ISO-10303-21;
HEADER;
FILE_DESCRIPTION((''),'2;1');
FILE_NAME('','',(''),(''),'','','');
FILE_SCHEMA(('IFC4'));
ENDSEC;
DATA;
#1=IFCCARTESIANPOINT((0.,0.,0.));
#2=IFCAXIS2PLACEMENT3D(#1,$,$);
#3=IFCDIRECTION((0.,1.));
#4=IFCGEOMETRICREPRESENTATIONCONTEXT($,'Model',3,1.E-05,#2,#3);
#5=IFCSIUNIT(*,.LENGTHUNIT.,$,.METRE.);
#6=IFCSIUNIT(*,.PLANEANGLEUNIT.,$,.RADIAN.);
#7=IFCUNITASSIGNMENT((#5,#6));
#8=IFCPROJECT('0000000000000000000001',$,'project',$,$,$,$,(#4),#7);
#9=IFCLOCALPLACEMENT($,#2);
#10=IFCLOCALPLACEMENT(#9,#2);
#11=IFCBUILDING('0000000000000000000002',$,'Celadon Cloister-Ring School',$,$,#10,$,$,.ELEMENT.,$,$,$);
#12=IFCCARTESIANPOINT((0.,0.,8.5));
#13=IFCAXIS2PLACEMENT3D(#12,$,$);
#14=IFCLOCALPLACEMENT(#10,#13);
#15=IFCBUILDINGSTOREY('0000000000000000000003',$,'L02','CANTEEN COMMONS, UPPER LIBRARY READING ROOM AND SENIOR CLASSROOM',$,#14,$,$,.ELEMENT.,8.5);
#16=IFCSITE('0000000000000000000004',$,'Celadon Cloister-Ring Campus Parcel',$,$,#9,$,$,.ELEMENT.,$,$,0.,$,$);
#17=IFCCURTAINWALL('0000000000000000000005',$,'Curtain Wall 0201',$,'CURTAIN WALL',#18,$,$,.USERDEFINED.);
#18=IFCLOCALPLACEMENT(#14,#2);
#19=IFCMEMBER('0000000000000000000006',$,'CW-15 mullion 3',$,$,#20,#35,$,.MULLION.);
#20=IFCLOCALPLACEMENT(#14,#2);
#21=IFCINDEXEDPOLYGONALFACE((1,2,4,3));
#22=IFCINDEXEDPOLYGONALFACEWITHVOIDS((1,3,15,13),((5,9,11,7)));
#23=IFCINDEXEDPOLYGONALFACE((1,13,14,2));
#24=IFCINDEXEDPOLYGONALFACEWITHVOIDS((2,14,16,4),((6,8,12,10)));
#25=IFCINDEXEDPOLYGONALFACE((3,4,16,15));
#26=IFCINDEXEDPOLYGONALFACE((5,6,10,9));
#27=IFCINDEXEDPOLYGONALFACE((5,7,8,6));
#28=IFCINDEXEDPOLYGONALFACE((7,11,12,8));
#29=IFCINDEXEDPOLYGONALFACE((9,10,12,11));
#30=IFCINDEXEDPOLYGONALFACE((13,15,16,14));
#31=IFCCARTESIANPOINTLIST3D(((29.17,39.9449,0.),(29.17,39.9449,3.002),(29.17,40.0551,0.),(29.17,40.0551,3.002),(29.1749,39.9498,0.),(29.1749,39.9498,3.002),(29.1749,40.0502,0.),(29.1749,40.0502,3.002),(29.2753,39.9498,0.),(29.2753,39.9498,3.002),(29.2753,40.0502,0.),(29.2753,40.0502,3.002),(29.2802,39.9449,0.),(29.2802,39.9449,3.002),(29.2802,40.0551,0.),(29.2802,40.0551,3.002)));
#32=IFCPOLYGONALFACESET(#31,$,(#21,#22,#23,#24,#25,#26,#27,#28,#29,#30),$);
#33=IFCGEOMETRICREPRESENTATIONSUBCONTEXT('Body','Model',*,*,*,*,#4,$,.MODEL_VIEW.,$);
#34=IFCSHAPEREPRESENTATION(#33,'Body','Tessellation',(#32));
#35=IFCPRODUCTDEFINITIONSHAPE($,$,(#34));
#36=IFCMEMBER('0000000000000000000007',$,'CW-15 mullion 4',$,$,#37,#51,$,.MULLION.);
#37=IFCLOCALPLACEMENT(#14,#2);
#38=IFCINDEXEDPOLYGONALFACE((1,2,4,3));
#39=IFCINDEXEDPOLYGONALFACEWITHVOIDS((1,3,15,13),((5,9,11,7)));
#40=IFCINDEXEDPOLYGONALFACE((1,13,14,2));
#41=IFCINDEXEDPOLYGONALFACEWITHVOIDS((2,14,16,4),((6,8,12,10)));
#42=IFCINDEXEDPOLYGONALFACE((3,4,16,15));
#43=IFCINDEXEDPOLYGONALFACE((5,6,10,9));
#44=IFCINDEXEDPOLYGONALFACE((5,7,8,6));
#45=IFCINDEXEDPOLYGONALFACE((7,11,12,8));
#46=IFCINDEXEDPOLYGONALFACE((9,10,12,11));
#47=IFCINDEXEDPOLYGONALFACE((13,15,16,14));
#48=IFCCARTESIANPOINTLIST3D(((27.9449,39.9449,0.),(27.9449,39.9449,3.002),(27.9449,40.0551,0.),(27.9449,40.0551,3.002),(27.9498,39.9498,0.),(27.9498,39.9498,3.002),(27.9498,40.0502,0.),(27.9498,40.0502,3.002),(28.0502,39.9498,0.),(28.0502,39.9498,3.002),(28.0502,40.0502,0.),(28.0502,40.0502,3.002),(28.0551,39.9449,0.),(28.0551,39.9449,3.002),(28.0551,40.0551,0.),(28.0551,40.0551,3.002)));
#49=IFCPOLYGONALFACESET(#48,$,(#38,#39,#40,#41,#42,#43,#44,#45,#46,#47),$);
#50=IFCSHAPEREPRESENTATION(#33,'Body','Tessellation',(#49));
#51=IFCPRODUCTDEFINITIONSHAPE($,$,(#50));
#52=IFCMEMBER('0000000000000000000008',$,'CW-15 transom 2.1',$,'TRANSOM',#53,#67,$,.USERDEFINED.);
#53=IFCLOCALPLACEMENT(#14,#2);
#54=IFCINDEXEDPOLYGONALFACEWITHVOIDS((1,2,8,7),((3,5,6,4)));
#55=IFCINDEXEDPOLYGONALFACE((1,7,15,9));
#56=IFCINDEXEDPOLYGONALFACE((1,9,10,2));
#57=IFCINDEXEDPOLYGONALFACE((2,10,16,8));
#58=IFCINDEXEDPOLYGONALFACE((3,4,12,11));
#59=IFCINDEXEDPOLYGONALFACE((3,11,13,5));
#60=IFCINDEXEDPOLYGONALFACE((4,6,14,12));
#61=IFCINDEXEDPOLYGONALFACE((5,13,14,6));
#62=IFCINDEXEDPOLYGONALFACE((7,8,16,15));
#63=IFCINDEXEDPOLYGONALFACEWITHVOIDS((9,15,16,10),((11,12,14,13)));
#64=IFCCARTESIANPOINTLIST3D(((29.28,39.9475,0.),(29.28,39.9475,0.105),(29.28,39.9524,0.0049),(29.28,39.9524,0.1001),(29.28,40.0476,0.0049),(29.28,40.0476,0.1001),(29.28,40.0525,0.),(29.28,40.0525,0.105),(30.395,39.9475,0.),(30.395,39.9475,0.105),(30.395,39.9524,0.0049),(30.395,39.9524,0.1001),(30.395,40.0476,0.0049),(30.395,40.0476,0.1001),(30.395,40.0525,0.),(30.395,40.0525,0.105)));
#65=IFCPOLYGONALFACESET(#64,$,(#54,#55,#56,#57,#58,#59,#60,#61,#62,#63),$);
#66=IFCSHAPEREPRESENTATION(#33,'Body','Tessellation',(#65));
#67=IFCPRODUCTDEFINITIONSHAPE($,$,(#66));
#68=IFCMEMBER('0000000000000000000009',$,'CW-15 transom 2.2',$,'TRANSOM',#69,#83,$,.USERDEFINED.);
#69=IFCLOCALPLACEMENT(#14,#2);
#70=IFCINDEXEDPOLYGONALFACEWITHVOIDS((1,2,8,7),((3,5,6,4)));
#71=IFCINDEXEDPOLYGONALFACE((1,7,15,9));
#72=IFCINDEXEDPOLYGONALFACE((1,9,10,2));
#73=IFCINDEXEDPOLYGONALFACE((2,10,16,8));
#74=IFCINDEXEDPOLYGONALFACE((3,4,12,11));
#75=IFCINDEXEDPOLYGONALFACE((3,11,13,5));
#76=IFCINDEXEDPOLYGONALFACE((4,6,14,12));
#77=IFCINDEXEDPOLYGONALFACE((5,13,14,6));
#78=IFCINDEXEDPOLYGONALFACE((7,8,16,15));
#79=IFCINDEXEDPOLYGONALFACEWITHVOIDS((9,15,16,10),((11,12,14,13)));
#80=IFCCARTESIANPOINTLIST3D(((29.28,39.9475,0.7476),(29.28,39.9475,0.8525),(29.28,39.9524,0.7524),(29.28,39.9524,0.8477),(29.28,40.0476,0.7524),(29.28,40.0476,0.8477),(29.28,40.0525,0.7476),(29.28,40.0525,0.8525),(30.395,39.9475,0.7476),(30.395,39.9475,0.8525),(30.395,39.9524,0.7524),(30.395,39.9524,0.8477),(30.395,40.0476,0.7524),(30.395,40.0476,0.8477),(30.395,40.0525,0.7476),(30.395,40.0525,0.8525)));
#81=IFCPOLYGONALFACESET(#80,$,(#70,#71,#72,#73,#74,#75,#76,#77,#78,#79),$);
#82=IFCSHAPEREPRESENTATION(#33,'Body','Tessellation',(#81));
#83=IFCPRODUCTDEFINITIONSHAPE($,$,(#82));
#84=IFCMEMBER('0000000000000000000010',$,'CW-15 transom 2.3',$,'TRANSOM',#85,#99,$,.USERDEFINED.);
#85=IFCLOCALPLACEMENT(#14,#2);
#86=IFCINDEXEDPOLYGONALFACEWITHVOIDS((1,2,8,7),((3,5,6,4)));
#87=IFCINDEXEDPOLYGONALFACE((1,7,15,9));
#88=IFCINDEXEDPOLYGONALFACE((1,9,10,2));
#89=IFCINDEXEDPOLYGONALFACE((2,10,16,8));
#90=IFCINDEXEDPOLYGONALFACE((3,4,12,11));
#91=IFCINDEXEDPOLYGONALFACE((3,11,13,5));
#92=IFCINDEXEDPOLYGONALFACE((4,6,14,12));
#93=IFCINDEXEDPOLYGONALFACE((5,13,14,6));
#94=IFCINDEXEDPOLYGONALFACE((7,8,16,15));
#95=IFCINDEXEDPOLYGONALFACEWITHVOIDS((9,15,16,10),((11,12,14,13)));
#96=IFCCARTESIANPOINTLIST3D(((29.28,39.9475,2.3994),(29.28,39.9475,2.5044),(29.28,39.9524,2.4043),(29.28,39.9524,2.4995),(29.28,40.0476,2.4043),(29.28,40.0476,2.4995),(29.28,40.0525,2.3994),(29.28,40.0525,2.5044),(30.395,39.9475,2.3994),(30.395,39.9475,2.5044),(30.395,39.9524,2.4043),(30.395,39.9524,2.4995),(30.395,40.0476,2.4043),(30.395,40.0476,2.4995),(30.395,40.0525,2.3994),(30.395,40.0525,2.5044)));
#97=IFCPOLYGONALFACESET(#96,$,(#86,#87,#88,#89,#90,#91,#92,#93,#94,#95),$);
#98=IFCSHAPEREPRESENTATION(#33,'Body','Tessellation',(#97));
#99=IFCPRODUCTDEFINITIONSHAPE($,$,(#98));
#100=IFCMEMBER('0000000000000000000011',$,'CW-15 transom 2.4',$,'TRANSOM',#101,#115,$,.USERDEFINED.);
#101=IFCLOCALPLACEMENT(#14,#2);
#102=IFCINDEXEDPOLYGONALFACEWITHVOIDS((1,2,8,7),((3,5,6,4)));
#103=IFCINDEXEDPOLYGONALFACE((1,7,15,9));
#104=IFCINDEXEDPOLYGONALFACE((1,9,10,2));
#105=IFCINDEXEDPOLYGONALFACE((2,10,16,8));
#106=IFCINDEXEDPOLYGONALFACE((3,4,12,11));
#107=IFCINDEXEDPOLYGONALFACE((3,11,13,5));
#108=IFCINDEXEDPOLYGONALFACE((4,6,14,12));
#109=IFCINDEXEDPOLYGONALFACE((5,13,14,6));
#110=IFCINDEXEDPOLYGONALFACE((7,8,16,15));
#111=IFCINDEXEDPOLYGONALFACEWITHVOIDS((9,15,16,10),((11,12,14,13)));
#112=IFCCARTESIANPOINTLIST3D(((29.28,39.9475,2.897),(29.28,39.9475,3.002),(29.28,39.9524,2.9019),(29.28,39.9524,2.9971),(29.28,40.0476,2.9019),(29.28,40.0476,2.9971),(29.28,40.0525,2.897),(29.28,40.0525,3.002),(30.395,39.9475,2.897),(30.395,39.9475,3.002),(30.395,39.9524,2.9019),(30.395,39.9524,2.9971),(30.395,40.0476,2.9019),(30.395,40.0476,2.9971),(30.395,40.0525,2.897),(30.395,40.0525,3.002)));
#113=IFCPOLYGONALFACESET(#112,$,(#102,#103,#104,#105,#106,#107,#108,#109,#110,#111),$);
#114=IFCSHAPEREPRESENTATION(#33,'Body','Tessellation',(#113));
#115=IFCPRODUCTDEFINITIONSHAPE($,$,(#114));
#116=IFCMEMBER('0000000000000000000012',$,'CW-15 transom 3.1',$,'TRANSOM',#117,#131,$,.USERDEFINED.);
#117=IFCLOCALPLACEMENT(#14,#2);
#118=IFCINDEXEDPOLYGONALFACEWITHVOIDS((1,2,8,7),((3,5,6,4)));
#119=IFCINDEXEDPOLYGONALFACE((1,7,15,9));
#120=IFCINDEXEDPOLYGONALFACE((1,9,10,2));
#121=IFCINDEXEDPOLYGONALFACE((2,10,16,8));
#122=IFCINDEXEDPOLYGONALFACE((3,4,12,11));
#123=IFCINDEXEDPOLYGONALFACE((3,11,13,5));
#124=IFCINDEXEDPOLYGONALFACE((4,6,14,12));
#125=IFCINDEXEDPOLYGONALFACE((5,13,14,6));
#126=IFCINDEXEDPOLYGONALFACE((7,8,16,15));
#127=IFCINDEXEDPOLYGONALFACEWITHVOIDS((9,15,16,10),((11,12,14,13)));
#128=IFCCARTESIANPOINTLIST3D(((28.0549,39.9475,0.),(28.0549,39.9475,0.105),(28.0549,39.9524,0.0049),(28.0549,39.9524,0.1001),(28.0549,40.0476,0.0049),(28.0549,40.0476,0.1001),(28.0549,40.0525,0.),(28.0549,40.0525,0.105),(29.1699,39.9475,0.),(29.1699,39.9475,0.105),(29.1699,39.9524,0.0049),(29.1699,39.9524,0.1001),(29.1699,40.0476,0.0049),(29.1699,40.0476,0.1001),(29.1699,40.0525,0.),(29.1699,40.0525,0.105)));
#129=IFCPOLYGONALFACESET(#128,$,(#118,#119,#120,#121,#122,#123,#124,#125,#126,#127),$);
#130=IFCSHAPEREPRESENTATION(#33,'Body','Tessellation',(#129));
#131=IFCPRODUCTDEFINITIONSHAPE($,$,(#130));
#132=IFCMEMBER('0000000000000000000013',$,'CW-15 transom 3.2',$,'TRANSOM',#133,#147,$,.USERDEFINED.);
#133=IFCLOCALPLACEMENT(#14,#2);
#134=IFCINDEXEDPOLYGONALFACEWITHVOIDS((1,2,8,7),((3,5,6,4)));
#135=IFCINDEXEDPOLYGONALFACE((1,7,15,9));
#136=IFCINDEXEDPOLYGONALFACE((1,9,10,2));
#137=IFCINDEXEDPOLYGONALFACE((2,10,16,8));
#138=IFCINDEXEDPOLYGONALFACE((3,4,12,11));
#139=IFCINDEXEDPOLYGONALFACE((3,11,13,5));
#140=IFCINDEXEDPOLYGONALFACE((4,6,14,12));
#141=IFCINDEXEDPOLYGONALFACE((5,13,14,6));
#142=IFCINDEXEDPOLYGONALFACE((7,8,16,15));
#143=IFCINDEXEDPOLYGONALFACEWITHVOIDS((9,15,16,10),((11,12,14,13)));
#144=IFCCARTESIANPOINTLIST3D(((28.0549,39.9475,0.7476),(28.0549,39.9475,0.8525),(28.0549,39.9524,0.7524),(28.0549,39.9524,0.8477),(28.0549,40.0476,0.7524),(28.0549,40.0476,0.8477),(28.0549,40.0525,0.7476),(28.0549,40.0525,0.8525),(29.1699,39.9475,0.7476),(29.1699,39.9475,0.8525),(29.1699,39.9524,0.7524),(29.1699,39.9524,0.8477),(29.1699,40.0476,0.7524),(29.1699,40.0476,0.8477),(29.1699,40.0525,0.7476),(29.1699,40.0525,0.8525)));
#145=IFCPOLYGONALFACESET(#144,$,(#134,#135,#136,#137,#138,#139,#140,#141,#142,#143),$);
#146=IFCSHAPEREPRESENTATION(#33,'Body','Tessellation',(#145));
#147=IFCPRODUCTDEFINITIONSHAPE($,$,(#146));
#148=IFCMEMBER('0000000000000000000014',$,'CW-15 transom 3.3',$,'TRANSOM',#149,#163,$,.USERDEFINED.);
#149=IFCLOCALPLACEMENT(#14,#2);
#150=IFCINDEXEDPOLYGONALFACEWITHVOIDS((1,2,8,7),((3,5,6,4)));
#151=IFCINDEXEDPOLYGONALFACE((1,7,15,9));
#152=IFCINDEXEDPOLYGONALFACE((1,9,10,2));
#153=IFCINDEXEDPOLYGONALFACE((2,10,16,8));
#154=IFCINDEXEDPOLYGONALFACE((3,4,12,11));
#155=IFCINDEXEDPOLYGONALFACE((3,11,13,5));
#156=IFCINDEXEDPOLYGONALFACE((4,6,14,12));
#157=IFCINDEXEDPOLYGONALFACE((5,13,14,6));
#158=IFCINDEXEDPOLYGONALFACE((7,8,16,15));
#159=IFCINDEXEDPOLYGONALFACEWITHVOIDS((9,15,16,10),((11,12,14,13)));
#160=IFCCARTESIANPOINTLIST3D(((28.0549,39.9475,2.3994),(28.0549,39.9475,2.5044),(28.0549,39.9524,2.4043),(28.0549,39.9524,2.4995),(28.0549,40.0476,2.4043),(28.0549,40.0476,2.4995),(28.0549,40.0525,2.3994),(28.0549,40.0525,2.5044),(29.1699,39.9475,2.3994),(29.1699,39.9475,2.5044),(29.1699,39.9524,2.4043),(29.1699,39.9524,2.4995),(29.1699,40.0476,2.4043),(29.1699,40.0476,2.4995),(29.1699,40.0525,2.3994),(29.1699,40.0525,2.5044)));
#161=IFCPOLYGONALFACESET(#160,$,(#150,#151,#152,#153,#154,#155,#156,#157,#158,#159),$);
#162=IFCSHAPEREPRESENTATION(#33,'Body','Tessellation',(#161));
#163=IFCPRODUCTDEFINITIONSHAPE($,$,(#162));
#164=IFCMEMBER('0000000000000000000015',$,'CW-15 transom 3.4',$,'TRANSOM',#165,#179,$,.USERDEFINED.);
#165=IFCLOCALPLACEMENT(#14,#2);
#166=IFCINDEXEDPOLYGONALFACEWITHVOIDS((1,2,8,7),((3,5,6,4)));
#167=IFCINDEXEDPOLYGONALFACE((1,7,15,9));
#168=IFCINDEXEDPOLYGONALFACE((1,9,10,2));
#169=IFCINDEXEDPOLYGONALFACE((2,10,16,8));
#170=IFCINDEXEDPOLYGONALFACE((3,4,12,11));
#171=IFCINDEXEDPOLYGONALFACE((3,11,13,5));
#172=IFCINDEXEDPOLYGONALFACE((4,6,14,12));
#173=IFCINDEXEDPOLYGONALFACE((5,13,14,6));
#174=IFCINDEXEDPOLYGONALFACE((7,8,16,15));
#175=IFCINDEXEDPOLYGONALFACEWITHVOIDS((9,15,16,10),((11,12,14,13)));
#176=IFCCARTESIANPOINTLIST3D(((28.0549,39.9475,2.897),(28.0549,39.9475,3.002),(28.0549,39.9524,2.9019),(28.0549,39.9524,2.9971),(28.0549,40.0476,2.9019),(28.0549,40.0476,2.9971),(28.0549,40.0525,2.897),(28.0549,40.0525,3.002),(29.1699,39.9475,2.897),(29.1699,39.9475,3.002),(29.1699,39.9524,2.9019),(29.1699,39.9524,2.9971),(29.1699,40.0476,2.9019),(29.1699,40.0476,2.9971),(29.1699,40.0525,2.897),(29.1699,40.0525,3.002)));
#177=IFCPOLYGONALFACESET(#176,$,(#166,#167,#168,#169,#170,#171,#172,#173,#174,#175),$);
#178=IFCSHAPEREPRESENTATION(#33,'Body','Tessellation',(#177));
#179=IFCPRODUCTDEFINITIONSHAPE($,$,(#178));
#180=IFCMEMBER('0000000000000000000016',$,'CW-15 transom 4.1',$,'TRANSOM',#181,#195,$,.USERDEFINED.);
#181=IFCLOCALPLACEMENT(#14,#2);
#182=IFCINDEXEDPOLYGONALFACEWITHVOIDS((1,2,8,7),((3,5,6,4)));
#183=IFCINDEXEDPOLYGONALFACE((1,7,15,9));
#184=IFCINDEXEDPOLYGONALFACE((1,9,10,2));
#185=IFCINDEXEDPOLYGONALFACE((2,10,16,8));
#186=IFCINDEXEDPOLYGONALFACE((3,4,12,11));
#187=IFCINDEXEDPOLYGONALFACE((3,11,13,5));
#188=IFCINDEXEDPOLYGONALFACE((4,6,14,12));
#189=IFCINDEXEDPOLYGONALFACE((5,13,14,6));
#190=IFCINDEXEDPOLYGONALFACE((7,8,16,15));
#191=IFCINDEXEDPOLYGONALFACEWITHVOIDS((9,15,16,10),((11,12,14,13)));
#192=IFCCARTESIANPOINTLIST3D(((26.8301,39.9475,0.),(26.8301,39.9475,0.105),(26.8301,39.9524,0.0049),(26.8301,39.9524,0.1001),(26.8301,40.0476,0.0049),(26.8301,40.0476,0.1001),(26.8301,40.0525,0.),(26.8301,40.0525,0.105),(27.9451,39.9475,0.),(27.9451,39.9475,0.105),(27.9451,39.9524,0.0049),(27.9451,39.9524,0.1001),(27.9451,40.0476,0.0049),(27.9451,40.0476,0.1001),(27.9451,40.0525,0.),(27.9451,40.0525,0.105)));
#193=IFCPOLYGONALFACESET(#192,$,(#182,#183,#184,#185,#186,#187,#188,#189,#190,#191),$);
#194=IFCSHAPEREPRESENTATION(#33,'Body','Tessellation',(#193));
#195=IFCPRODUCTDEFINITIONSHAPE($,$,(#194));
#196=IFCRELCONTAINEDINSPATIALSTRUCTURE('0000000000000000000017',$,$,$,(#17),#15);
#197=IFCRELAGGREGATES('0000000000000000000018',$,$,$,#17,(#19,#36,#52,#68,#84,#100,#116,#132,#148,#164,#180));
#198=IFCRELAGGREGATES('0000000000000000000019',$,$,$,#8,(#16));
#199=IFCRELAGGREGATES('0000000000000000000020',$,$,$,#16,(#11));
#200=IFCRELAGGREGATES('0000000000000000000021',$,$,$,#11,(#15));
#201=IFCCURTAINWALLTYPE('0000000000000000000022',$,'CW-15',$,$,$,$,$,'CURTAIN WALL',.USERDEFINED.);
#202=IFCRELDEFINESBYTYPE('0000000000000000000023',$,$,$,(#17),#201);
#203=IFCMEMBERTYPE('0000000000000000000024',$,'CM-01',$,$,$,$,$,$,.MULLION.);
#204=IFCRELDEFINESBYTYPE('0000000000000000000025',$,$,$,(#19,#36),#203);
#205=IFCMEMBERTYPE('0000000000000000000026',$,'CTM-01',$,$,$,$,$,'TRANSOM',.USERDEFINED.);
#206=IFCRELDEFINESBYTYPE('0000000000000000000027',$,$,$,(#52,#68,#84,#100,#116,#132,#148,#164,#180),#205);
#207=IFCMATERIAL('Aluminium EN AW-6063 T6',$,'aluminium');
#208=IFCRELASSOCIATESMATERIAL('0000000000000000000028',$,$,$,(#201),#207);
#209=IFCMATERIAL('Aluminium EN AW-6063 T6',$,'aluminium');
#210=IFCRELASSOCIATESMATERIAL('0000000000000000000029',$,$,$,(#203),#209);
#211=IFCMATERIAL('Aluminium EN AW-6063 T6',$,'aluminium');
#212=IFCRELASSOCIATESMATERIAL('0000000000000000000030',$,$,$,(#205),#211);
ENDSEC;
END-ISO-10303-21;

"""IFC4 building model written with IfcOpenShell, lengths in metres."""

from ifc_helpers import new_model, si_unit, direction, frame, origin, origin_2d, place, context, subcontext, project, spatial, hollow_rectangle, extrude, material, material_profile, profile_set, type_object, element, aggregate, save


model = new_model("IFC4")

# Units and contexts
model_context = context("Model", 3, precision=1e-05, world=origin(), true_north=direction((0.0, 1.0)))
body_context = subcontext(model_context, "Body", "Model", "MODEL_VIEW")
ifc_project = project(units=[si_unit("LENGTHUNIT", "METRE"), si_unit("PLANEANGLEUNIT", "RADIAN")], contexts=[model_context])

# Site, building, storey
site_placement = place(None, origin())
site = spatial("IfcSite", under=ifc_project, at=site_placement, Name="Celadon Cloister-Ring Campus Parcel", CompositionType="ELEMENT", RefElevation=0.0)
building_placement = place(site_placement, origin())
building = spatial("IfcBuilding", under=site, at=building_placement, Name="Celadon Cloister-Ring School", CompositionType="ELEMENT")
storey_placement = place(building_placement, frame((0.0, 0.0, 8.5)))
storey = spatial("IfcBuildingStorey", under=building, at=storey_placement, Name="L02", Description="CANTEEN COMMONS, UPPER LIBRARY READING ROOM AND SENIOR CLASSROOM", CompositionType="ELEMENT", Elevation=8.5)

# Curtain wall, members
ifc_material_1 = material(Name="Aluminium EN AW-6063 T6", Category="aluminium")
curtain_wall_type = type_object("IfcCurtainWallType", Name="CW-15", ElementType="CURTAIN WALL", PredefinedType="USERDEFINED", material=ifc_material_1)
curtain_wall_placement = place(storey_placement, origin())
curtain_wall = element("IfcCurtainWall", 1, at=curtain_wall_placement, inside=storey, type_object=curtain_wall_type, Name="Curtain Wall 0201", ObjectType="CURTAIN WALL", PredefinedType="USERDEFINED")
ifc_material_2 = material(Name="Aluminium EN AW-6063 T6", Category="aluminium")
ifc_material_profile_1 = material_profile(ifc_material_2, hollow_rectangle(XDim=0.1101, YDim=0.1101, WallThickness=0.0049, at=origin_2d()), Name="RHS110X110X5")
ifc_profile_set_1 = profile_set([ifc_material_profile_1], Name="Aluminium EN AW-6063 T6")
member_type_1 = type_object("IfcMemberType", Name="CM-01", PredefinedType="MULLION", material=ifc_profile_set_1)
member_1_placement = place(storey_placement, frame((29.2251, 40.0, 0.0), z_axis=(0.0, 0.0, 1.0), x_axis=(0.0, -1.0, 0.0)))
member_1 = element("IfcMember", 2, at=member_1_placement, type_object=member_type_1, Name="CW-15 mullion 3", PredefinedType="MULLION", context=body_context, shape_type="SweptSolid", body=[
    extrude(hollow_rectangle(XDim=0.1101, YDim=0.1101, WallThickness=0.0049, at=origin_2d()), origin(), (0.0, 0.0, 1.0), 3.002),
])
member_2_placement = place(storey_placement, frame((28.0, 40.0, 0.0), z_axis=(0.0, 0.0, 1.0), x_axis=(0.0, -1.0, 0.0)))
member_2 = element("IfcMember", 3, at=member_2_placement, type_object=member_type_1, Name="CW-15 mullion 4", PredefinedType="MULLION", context=body_context, shape_type="SweptSolid", body=[
    extrude(hollow_rectangle(XDim=0.1101, YDim=0.1101, WallThickness=0.0049, at=origin_2d()), origin(), (0.0, 0.0, 1.0), 3.002),
])
ifc_material_3 = material(Name="Aluminium EN AW-6063 T6", Category="aluminium")
ifc_material_profile_2 = material_profile(ifc_material_3, hollow_rectangle(XDim=0.105, YDim=0.105, WallThickness=0.0049, at=origin_2d()), Name="RHS105X105X5")
ifc_profile_set_2 = profile_set([ifc_material_profile_2], Name="Aluminium EN AW-6063 T6")
member_type_2 = type_object("IfcMemberType", Name="CTM-01", ElementType="TRANSOM", PredefinedType="USERDEFINED", material=ifc_profile_set_2)
member_3_placement = place(storey_placement, frame((30.395, 40.0, 0.0525), z_axis=(-1.0, 0.0, 0.0), x_axis=(0.0, -1.0, 0.0)))
member_3 = element("IfcMember", 4, at=member_3_placement, type_object=member_type_2, Name="CW-15 transom 2.1", ObjectType="TRANSOM", PredefinedType="USERDEFINED", context=body_context, shape_type="SweptSolid", body=[
    extrude(hollow_rectangle(XDim=0.105, YDim=0.105, WallThickness=0.0049, at=origin_2d()), origin(), (0.0, 0.0, 1.0), 1.115),
])
member_4_placement = place(storey_placement, frame((30.395, 40.0, 0.8), z_axis=(-1.0, 0.0, 0.0), x_axis=(0.0, -1.0, 0.0)))
member_4 = element("IfcMember", 5, at=member_4_placement, type_object=member_type_2, Name="CW-15 transom 2.2", ObjectType="TRANSOM", PredefinedType="USERDEFINED", context=body_context, shape_type="SweptSolid", body=[
    extrude(hollow_rectangle(XDim=0.105, YDim=0.105, WallThickness=0.0049, at=origin_2d()), origin(), (0.0, 0.0, 1.0), 1.115),
])
member_5_placement = place(storey_placement, frame((30.395, 40.0, 2.4519), z_axis=(-1.0, 0.0, 0.0), x_axis=(0.0, -1.0, 0.0)))
member_5 = element("IfcMember", 6, at=member_5_placement, type_object=member_type_2, Name="CW-15 transom 2.3", ObjectType="TRANSOM", PredefinedType="USERDEFINED", context=body_context, shape_type="SweptSolid", body=[
    extrude(hollow_rectangle(XDim=0.105, YDim=0.105, WallThickness=0.0049, at=origin_2d()), origin(), (0.0, 0.0, 1.0), 1.115),
])
member_6_placement = place(storey_placement, frame((30.395, 40.0, 2.9495), z_axis=(-1.0, 0.0, 0.0), x_axis=(0.0, -1.0, 0.0)))
member_6 = element("IfcMember", 7, at=member_6_placement, type_object=member_type_2, Name="CW-15 transom 2.4", ObjectType="TRANSOM", PredefinedType="USERDEFINED", context=body_context, shape_type="SweptSolid", body=[
    extrude(hollow_rectangle(XDim=0.105, YDim=0.105, WallThickness=0.0049, at=origin_2d()), origin(), (0.0, 0.0, 1.0), 1.115),
])
member_7_placement = place(storey_placement, frame((29.1699, 40.0, 0.0525), z_axis=(-1.0, 0.0, 0.0), x_axis=(0.0, -1.0, 0.0)))
member_7 = element("IfcMember", 8, at=member_7_placement, type_object=member_type_2, Name="CW-15 transom 3.1", ObjectType="TRANSOM", PredefinedType="USERDEFINED", context=body_context, shape_type="SweptSolid", body=[
    extrude(hollow_rectangle(XDim=0.105, YDim=0.105, WallThickness=0.0049, at=origin_2d()), origin(), (0.0, 0.0, 1.0), 1.115),
])
member_8_placement = place(storey_placement, frame((29.1699, 40.0, 0.8), z_axis=(-1.0, 0.0, 0.0), x_axis=(0.0, -1.0, 0.0)))
member_8 = element("IfcMember", 9, at=member_8_placement, type_object=member_type_2, Name="CW-15 transom 3.2", ObjectType="TRANSOM", PredefinedType="USERDEFINED", context=body_context, shape_type="SweptSolid", body=[
    extrude(hollow_rectangle(XDim=0.105, YDim=0.105, WallThickness=0.0049, at=origin_2d()), origin(), (0.0, 0.0, 1.0), 1.115),
])
member_9_placement = place(storey_placement, frame((29.1699, 40.0, 2.4519), z_axis=(-1.0, 0.0, 0.0), x_axis=(0.0, -1.0, 0.0)))
member_9 = element("IfcMember", 10, at=member_9_placement, type_object=member_type_2, Name="CW-15 transom 3.3", ObjectType="TRANSOM", PredefinedType="USERDEFINED", context=body_context, shape_type="SweptSolid", body=[
    extrude(hollow_rectangle(XDim=0.105, YDim=0.105, WallThickness=0.0049, at=origin_2d()), origin(), (0.0, 0.0, 1.0), 1.115),
])
member_10_placement = place(storey_placement, frame((29.1699, 40.0, 2.9495), z_axis=(-1.0, 0.0, 0.0), x_axis=(0.0, -1.0, 0.0)))
member_10 = element("IfcMember", 11, at=member_10_placement, type_object=member_type_2, Name="CW-15 transom 3.4", ObjectType="TRANSOM", PredefinedType="USERDEFINED", context=body_context, shape_type="SweptSolid", body=[
    extrude(hollow_rectangle(XDim=0.105, YDim=0.105, WallThickness=0.0049, at=origin_2d()), origin(), (0.0, 0.0, 1.0), 1.115),
])
member_11_placement = place(storey_placement, frame((27.9451, 40.0, 0.0525), z_axis=(-1.0, 0.0, 0.0), x_axis=(0.0, -1.0, 0.0)))
member_11 = element("IfcMember", 12, at=member_11_placement, type_object=member_type_2, Name="CW-15 transom 4.1", ObjectType="TRANSOM", PredefinedType="USERDEFINED", context=body_context, shape_type="SweptSolid", body=[
    extrude(hollow_rectangle(XDim=0.105, YDim=0.105, WallThickness=0.0049, at=origin_2d()), origin(), (0.0, 0.0, 1.0), 1.115),
])
aggregate(curtain_wall, [member_1, member_2, member_3, member_4, member_5, member_6, member_7, member_8, member_9, member_10, member_11])

save(model, "model.ifc")
